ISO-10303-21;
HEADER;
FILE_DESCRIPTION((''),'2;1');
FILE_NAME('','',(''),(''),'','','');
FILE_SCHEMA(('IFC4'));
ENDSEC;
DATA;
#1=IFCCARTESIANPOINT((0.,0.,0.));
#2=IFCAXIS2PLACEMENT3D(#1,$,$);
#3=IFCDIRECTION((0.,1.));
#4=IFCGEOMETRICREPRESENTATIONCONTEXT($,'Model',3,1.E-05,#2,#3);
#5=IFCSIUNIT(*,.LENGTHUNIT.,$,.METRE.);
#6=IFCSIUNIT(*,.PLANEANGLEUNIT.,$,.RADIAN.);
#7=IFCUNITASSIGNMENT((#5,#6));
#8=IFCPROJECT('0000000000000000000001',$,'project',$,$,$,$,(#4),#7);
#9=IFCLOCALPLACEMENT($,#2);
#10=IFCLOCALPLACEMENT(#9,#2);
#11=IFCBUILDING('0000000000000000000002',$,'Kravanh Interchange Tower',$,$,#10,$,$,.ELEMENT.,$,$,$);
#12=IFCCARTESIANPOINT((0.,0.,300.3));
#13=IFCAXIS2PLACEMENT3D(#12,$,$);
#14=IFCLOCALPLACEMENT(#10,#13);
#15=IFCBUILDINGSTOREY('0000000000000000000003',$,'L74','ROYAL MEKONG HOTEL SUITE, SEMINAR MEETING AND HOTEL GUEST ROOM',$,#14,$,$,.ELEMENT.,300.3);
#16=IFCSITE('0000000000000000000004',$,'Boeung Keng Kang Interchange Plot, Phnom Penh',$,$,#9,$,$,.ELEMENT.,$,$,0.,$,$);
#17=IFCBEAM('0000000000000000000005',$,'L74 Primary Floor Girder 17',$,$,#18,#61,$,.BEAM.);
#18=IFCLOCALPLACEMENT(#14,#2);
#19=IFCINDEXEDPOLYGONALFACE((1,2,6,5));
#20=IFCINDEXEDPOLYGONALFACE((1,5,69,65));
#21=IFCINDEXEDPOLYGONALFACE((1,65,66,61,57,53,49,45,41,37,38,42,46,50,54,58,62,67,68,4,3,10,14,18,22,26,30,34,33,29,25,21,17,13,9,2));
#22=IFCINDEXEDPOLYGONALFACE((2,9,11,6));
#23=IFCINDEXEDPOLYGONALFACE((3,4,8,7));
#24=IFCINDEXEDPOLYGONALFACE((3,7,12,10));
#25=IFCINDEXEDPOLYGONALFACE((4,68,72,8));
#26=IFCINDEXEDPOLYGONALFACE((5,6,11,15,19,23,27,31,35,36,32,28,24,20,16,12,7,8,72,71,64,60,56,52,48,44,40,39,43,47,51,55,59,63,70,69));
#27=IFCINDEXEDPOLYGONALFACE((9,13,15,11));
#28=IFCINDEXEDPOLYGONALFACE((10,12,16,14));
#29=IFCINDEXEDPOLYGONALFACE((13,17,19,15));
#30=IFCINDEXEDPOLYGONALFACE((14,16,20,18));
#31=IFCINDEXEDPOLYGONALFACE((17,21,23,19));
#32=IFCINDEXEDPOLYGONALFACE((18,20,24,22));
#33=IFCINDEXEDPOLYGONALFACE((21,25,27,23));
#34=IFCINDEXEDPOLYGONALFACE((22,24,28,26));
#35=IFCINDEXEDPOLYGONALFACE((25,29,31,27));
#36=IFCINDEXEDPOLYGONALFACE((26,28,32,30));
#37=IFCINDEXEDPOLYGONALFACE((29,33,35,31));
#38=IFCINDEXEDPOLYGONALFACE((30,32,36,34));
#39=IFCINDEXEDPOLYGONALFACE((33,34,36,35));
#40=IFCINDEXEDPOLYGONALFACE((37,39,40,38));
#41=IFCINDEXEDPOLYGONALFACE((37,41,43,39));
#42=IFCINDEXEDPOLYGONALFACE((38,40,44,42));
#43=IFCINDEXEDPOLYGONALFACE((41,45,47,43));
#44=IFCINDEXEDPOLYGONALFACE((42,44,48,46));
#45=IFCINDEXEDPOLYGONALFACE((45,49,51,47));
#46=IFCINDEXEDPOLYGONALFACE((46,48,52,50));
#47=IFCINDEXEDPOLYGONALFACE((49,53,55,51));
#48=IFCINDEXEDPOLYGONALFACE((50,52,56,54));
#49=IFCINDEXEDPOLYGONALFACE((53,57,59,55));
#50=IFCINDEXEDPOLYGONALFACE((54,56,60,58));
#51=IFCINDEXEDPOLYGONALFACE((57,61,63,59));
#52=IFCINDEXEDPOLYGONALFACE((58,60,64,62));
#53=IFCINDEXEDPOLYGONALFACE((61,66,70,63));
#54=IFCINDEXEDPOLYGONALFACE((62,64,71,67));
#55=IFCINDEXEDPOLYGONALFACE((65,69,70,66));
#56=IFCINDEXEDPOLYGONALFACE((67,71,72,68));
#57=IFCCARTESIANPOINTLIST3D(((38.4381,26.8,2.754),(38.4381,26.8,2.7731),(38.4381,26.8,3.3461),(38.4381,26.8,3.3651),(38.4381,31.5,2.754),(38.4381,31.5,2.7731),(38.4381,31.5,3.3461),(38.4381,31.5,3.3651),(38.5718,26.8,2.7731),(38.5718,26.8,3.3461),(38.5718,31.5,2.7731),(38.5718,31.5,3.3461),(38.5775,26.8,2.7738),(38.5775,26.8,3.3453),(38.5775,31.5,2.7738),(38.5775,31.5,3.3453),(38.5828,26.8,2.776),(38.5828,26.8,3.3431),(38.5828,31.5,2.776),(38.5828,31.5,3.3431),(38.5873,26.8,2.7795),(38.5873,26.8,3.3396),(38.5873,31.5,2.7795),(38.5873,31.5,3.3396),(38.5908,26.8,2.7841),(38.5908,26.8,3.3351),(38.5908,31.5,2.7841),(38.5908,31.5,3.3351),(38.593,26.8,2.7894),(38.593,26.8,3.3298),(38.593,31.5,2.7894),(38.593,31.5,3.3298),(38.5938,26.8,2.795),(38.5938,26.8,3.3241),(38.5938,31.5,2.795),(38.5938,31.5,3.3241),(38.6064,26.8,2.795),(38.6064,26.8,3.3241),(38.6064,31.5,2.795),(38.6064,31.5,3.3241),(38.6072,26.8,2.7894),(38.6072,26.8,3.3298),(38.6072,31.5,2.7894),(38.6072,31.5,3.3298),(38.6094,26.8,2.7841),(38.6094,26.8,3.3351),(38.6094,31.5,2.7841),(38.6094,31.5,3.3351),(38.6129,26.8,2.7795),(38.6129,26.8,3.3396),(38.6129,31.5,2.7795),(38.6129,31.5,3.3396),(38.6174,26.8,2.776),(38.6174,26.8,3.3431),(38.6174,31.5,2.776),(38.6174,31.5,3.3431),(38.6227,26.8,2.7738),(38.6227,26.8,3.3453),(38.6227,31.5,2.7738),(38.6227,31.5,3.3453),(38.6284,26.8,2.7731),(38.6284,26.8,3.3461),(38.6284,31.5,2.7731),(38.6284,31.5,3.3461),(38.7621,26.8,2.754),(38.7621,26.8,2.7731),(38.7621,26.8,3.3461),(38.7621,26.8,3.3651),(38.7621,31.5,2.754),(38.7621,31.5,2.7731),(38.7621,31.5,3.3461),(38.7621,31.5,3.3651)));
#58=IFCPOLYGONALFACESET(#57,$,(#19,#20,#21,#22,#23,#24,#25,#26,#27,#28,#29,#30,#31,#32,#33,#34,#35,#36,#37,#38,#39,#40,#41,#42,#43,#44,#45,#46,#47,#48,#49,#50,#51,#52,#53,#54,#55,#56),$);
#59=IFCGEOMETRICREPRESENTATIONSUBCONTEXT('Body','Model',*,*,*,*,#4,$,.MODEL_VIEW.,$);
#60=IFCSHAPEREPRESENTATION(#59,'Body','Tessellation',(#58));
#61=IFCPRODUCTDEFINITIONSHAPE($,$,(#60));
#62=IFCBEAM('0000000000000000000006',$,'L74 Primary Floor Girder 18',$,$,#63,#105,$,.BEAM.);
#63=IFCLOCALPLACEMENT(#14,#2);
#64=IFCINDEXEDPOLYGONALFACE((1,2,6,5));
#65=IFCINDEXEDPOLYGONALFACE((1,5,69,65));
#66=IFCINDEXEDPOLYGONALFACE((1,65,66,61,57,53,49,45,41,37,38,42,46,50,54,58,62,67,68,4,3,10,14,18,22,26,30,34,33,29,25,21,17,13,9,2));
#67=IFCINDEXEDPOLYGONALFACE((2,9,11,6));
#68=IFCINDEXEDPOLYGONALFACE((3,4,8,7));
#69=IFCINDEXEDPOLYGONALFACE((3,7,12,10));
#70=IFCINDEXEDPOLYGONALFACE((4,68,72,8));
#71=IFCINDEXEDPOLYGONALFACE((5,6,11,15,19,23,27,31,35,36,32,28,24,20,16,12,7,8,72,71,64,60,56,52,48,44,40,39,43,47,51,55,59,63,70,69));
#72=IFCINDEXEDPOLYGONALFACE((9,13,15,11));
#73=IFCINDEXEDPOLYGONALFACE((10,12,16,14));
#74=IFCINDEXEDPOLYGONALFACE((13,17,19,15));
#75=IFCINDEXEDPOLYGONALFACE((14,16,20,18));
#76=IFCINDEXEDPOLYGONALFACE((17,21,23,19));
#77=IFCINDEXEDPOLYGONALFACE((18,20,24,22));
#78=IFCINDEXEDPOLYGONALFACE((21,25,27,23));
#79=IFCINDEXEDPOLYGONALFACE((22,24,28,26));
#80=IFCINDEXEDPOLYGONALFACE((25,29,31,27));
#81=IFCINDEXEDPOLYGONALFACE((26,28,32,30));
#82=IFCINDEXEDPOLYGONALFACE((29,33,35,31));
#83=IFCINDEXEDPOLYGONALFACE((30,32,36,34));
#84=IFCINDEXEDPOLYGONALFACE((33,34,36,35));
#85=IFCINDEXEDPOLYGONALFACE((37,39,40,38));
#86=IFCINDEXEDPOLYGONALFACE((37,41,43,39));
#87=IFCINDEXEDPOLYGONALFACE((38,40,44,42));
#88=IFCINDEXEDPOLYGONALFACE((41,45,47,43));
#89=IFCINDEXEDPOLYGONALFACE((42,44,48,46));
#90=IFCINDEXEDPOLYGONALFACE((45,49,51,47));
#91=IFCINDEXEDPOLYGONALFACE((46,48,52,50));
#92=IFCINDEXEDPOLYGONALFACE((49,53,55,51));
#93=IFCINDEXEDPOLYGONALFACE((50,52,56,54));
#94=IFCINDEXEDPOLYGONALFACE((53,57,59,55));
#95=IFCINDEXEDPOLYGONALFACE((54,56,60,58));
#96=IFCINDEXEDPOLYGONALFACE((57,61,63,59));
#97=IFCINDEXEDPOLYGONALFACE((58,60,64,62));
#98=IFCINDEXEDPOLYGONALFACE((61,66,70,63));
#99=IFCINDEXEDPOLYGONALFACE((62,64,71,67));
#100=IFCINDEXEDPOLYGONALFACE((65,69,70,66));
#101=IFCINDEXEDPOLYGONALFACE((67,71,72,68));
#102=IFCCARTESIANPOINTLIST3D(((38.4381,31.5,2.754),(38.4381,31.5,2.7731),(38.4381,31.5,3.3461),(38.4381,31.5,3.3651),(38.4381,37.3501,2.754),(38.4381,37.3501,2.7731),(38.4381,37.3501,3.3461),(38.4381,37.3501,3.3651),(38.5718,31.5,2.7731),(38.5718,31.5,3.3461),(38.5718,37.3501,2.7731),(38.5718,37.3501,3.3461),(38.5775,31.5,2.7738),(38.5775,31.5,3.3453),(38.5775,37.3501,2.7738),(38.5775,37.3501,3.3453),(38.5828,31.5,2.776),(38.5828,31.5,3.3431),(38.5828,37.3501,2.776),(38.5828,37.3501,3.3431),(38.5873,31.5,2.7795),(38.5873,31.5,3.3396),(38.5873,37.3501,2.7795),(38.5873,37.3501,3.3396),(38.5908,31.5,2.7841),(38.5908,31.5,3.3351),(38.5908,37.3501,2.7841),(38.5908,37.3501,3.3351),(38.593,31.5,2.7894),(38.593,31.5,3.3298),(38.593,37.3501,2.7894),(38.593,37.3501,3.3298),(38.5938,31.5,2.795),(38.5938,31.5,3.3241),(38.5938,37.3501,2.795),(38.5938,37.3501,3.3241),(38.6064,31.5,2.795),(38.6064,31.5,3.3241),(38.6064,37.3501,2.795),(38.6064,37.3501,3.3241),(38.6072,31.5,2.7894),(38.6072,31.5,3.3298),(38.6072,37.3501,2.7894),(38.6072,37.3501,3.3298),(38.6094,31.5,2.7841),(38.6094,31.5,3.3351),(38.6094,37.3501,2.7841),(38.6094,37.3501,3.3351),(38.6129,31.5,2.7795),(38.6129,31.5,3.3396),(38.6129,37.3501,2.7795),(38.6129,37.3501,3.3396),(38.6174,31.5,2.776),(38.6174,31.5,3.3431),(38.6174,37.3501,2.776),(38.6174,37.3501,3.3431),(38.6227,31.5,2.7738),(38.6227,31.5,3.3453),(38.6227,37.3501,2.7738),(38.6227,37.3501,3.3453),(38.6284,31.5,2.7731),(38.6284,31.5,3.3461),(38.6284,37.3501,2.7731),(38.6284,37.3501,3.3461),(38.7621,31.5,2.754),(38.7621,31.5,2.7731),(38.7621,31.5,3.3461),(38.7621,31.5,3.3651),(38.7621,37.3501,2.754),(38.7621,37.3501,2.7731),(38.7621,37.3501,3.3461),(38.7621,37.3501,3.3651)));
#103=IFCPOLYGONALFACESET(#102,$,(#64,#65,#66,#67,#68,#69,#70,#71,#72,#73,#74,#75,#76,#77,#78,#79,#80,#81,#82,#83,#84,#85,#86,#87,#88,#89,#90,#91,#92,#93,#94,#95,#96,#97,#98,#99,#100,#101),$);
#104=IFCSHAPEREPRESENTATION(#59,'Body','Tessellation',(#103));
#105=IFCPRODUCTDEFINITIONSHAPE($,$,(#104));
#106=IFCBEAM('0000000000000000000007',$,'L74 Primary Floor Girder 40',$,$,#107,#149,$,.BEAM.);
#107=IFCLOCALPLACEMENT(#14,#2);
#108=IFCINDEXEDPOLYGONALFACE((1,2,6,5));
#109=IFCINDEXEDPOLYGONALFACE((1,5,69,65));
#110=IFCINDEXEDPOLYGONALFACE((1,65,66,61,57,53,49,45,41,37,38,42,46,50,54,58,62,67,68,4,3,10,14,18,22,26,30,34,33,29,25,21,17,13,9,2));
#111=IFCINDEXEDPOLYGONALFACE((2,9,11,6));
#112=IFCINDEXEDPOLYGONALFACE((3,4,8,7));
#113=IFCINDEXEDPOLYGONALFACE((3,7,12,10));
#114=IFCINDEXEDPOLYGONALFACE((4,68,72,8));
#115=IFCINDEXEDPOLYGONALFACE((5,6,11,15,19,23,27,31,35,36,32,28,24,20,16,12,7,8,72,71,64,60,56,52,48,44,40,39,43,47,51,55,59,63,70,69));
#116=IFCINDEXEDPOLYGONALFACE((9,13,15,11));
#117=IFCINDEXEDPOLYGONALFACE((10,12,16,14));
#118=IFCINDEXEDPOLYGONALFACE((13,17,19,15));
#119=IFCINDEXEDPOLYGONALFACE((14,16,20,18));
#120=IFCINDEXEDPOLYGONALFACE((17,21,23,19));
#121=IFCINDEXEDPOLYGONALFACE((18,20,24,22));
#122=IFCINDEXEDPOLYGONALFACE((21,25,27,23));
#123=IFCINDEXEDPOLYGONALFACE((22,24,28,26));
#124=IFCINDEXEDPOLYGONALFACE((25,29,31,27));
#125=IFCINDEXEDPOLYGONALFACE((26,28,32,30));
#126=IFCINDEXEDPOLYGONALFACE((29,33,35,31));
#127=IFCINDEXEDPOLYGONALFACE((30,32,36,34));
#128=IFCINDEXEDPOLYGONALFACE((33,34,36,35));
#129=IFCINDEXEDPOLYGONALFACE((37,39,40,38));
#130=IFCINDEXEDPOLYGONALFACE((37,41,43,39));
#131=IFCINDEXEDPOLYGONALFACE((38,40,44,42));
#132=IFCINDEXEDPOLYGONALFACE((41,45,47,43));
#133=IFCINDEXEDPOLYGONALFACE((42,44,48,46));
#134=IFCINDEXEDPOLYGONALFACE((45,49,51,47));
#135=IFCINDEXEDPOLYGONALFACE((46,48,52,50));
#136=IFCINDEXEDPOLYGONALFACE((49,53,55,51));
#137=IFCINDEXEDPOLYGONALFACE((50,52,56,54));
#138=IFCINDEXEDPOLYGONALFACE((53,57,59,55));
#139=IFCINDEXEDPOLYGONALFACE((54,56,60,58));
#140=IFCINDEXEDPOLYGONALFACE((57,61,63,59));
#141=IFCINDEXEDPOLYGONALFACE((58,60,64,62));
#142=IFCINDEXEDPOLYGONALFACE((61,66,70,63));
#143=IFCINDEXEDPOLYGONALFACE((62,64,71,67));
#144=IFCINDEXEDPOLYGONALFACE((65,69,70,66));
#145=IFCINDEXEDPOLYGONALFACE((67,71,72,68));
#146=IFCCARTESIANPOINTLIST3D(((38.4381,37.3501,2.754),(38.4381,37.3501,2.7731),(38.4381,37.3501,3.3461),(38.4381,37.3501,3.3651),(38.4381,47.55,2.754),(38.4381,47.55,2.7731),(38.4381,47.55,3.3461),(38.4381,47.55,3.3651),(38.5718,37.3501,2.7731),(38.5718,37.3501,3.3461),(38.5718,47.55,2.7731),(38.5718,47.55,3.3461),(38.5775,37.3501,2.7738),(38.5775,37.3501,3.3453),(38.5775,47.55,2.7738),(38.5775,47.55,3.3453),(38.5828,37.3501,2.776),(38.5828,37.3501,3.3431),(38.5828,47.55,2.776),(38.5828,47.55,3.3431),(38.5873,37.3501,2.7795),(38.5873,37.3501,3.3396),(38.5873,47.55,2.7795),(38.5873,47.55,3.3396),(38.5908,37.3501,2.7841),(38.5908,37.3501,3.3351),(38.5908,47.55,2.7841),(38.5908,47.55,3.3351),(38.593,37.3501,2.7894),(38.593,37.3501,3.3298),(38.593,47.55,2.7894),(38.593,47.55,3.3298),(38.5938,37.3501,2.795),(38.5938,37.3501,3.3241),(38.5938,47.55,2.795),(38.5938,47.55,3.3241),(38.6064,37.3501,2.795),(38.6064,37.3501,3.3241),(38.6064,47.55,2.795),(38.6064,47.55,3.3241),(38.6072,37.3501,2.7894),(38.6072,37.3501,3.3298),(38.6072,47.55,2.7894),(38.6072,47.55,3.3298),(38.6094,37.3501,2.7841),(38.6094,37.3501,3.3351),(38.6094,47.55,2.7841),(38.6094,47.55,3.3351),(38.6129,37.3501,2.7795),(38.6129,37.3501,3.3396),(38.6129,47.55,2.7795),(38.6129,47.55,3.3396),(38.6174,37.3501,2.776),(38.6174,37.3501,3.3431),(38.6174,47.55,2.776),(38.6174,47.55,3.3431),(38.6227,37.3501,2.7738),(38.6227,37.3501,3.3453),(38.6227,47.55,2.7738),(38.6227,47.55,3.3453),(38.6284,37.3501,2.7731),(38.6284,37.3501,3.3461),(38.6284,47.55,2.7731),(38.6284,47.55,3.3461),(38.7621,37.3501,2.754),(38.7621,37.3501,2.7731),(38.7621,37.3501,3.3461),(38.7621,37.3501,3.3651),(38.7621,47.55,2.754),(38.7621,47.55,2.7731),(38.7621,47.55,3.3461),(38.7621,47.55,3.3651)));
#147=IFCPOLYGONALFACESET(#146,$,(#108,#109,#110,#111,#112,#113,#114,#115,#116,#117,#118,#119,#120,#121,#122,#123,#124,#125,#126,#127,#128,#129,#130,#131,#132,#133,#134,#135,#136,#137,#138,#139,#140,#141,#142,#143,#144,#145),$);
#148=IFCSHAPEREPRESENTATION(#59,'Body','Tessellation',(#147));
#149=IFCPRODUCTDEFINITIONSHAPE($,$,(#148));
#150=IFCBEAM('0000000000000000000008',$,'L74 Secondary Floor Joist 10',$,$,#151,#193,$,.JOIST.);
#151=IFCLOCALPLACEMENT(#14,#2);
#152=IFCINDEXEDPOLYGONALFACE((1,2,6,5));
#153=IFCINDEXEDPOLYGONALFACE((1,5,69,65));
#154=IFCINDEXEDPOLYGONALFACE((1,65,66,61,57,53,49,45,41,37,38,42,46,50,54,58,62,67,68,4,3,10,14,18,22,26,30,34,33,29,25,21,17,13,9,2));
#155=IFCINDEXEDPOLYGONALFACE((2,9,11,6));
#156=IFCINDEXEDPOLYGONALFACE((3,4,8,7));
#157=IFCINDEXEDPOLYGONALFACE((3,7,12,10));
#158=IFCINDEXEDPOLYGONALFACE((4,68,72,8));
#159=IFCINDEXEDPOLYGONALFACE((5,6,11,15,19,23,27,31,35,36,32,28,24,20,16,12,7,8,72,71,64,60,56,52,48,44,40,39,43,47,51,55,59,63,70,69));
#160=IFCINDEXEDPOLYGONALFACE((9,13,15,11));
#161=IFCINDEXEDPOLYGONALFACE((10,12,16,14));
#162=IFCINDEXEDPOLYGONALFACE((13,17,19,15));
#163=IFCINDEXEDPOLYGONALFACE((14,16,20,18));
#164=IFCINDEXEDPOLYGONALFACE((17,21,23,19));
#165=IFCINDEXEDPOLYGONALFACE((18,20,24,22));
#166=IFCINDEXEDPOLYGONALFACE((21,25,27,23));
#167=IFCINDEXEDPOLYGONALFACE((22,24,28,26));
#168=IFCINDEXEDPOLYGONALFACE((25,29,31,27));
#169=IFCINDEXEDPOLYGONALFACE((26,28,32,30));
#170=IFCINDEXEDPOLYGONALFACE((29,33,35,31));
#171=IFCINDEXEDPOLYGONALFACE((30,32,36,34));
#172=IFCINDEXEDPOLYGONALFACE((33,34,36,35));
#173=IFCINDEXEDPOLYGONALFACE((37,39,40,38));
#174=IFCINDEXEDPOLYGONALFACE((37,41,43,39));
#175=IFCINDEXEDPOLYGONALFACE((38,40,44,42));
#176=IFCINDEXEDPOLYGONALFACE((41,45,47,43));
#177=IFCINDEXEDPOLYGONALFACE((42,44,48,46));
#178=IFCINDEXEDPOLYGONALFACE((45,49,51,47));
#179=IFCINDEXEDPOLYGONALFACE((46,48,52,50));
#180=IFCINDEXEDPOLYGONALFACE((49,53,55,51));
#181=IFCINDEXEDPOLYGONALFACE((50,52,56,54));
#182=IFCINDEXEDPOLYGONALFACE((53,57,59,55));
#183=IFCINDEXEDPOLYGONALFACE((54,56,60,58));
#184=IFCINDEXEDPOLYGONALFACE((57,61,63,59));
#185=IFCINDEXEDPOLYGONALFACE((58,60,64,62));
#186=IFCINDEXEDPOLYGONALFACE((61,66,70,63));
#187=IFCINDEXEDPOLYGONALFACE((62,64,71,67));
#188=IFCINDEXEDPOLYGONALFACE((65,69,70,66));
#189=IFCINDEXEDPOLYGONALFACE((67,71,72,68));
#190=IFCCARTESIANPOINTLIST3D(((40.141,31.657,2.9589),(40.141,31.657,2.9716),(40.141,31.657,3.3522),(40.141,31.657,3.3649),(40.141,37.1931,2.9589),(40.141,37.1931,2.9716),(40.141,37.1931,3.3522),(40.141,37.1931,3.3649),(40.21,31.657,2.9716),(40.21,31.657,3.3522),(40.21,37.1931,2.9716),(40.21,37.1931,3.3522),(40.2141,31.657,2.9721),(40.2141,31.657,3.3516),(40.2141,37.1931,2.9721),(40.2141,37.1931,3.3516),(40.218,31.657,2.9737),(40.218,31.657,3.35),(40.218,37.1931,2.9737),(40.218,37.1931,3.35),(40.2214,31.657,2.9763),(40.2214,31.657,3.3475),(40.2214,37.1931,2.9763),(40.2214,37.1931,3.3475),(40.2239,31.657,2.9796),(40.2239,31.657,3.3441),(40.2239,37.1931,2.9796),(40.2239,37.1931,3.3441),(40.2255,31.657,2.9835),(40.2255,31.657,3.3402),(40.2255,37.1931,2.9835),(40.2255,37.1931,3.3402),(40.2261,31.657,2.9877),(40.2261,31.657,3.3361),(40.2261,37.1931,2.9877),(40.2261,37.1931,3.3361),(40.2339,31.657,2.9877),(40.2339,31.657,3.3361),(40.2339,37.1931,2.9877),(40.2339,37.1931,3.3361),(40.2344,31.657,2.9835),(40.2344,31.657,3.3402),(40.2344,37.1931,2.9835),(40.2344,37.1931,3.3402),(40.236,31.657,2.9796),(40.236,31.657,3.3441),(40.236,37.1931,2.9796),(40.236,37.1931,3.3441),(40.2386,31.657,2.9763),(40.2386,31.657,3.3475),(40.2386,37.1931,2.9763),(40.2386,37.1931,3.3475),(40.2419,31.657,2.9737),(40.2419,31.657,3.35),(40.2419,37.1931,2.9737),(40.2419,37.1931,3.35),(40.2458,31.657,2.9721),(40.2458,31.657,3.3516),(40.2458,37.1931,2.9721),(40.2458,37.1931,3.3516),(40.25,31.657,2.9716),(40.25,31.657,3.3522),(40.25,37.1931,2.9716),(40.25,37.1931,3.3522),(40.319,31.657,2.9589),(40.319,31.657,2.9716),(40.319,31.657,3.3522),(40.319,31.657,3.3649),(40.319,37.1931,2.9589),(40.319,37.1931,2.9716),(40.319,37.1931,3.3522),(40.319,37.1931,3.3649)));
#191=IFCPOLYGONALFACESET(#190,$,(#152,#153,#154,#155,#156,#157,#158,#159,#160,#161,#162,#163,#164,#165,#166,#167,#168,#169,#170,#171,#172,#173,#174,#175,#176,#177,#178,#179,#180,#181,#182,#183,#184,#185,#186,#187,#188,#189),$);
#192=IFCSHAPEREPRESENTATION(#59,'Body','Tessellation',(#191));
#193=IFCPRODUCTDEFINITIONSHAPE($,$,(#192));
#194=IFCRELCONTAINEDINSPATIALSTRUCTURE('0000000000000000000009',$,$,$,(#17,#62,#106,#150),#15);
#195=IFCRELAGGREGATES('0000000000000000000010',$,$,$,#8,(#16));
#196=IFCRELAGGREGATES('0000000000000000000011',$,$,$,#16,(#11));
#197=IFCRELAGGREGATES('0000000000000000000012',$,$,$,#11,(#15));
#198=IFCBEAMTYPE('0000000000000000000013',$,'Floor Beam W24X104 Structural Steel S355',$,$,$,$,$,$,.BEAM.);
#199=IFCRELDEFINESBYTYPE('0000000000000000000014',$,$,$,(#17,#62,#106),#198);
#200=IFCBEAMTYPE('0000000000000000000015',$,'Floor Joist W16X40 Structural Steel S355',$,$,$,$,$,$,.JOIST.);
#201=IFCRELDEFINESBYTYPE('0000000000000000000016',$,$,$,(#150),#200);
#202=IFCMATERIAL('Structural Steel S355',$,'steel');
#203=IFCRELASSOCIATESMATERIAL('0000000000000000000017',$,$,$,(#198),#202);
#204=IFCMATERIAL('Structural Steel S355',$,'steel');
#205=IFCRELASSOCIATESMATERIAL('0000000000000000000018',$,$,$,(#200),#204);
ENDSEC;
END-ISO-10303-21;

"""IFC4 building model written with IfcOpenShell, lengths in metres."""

from ifc_helpers import new_model, si_unit, direction, frame, origin, origin_2d, place, context, subcontext, project, spatial, i_section, extrude, material, material_profile, profile_set, type_object, element, save


model = new_model("IFC4")

# Units and contexts
model_context = context("Model", 3, precision=1e-05, world=origin(), true_north=direction((0.0, 1.0)))
body_context = subcontext(model_context, "Body", "Model", "MODEL_VIEW")
ifc_project = project(units=[si_unit("LENGTHUNIT", "METRE"), si_unit("PLANEANGLEUNIT", "RADIAN")], contexts=[model_context])

# Site, building, storey
site_placement = place(None, origin())
site = spatial("IfcSite", under=ifc_project, at=site_placement, Name="Boeung Keng Kang Interchange Plot, Phnom Penh", CompositionType="ELEMENT", RefElevation=0.0)
building_placement = place(site_placement, origin())
building = spatial("IfcBuilding", under=site, at=building_placement, Name="Kravanh Interchange Tower", CompositionType="ELEMENT")
storey_placement = place(building_placement, frame((0.0, 0.0, 300.3)))
storey = spatial("IfcBuildingStorey", under=building, at=storey_placement, Name="L74", Description="ROYAL MEKONG HOTEL SUITE, SEMINAR MEETING AND HOTEL GUEST ROOM", CompositionType="ELEMENT", Elevation=300.3)

# Beams
ifc_material_1 = material(Name="Structural Steel S355", Category="steel")
ifc_material_profile_1 = material_profile(ifc_material_1, i_section(OverallWidth=0.324, OverallDepth=0.6111, WebThickness=0.0127, FlangeThickness=0.019, FilletRadius=0.022, at=origin_2d()), Name="W24X104")
ifc_profile_set_1 = profile_set([ifc_material_profile_1], Name="Structural Steel S355")
beam_type_1 = type_object("IfcBeamType", Name="Floor Beam W24X104 Structural Steel S355", PredefinedType="BEAM", material=ifc_profile_set_1)
beam_1_placement = place(storey_placement, frame((38.6001, 31.5, 3.0596), z_axis=(0.0, -1.0, 0.0), x_axis=(1.0, 0.0, 0.0)))
element("IfcBeam", 1, at=beam_1_placement, inside=storey, type_object=beam_type_1, Name="L74 Primary Floor Girder 17", PredefinedType="BEAM", context=body_context, shape_type="SweptSolid", body=[
    extrude(i_section(OverallWidth=0.324, OverallDepth=0.6111, WebThickness=0.0127, FlangeThickness=0.019, FilletRadius=0.022, at=origin_2d()), origin(), (0.0, 0.0, 1.0), 4.7),
])
beam_2_placement = place(storey_placement, frame((38.6001, 31.5, 3.0596), z_axis=(0.0, 1.0, 0.0), x_axis=(-1.0, 0.0, 0.0)))
element("IfcBeam", 2, at=beam_2_placement, inside=storey, type_object=beam_type_1, Name="L74 Primary Floor Girder 18", PredefinedType="BEAM", context=body_context, shape_type="SweptSolid", body=[
    extrude(i_section(OverallWidth=0.324, OverallDepth=0.6111, WebThickness=0.0127, FlangeThickness=0.019, FilletRadius=0.022, at=origin_2d()), origin(), (0.0, 0.0, 1.0), 5.8501),
])
beam_3_placement = place(storey_placement, frame((38.6001, 37.3501, 3.0596), z_axis=(0.0, 1.0, 0.0), x_axis=(-1.0, 0.0, 0.0)))
element("IfcBeam", 3, at=beam_3_placement, inside=storey, type_object=beam_type_1, Name="L74 Primary Floor Girder 40", PredefinedType="BEAM", context=body_context, shape_type="SweptSolid", body=[
    extrude(i_section(OverallWidth=0.324, OverallDepth=0.6111, WebThickness=0.0127, FlangeThickness=0.019, FilletRadius=0.022, at=origin_2d()), origin(), (0.0, 0.0, 1.0), 10.2),
])
ifc_material_2 = material(Name="Structural Steel S355", Category="steel")
ifc_material_profile_2 = material_profile(ifc_material_2, i_section(OverallWidth=0.178, OverallDepth=0.406, WebThickness=0.0078, FlangeThickness=0.0127, FilletRadius=0.0161, at=origin_2d()), Name="W16X40")
ifc_profile_set_2 = profile_set([ifc_material_profile_2], Name="Structural Steel S355")
beam_type_2 = type_object("IfcBeamType", Name="Floor Joist W16X40 Structural Steel S355", PredefinedType="JOIST", material=ifc_profile_set_2)
for number, where, z_axis, x_axis, name in (
    (4, (40.23, 31.657, 3.1619), (0.0, 1.0, 0.0), (-1.0, 0.0, 0.0), "L74 Secondary Floor Joist 10"),
):
    element("IfcBeam", number, at=place(storey_placement, frame(where, z_axis=z_axis, x_axis=x_axis)), inside=storey, type_object=beam_type_2, Name=name, PredefinedType="JOIST", context=body_context, shape_type="SweptSolid", body=[
        extrude(i_section(OverallWidth=0.178, OverallDepth=0.406, WebThickness=0.0078, FlangeThickness=0.0127, FilletRadius=0.0161, at=origin_2d()), origin(), (0.0, 0.0, 1.0), 5.5361),
    ])

save(model, "model.ifc")
